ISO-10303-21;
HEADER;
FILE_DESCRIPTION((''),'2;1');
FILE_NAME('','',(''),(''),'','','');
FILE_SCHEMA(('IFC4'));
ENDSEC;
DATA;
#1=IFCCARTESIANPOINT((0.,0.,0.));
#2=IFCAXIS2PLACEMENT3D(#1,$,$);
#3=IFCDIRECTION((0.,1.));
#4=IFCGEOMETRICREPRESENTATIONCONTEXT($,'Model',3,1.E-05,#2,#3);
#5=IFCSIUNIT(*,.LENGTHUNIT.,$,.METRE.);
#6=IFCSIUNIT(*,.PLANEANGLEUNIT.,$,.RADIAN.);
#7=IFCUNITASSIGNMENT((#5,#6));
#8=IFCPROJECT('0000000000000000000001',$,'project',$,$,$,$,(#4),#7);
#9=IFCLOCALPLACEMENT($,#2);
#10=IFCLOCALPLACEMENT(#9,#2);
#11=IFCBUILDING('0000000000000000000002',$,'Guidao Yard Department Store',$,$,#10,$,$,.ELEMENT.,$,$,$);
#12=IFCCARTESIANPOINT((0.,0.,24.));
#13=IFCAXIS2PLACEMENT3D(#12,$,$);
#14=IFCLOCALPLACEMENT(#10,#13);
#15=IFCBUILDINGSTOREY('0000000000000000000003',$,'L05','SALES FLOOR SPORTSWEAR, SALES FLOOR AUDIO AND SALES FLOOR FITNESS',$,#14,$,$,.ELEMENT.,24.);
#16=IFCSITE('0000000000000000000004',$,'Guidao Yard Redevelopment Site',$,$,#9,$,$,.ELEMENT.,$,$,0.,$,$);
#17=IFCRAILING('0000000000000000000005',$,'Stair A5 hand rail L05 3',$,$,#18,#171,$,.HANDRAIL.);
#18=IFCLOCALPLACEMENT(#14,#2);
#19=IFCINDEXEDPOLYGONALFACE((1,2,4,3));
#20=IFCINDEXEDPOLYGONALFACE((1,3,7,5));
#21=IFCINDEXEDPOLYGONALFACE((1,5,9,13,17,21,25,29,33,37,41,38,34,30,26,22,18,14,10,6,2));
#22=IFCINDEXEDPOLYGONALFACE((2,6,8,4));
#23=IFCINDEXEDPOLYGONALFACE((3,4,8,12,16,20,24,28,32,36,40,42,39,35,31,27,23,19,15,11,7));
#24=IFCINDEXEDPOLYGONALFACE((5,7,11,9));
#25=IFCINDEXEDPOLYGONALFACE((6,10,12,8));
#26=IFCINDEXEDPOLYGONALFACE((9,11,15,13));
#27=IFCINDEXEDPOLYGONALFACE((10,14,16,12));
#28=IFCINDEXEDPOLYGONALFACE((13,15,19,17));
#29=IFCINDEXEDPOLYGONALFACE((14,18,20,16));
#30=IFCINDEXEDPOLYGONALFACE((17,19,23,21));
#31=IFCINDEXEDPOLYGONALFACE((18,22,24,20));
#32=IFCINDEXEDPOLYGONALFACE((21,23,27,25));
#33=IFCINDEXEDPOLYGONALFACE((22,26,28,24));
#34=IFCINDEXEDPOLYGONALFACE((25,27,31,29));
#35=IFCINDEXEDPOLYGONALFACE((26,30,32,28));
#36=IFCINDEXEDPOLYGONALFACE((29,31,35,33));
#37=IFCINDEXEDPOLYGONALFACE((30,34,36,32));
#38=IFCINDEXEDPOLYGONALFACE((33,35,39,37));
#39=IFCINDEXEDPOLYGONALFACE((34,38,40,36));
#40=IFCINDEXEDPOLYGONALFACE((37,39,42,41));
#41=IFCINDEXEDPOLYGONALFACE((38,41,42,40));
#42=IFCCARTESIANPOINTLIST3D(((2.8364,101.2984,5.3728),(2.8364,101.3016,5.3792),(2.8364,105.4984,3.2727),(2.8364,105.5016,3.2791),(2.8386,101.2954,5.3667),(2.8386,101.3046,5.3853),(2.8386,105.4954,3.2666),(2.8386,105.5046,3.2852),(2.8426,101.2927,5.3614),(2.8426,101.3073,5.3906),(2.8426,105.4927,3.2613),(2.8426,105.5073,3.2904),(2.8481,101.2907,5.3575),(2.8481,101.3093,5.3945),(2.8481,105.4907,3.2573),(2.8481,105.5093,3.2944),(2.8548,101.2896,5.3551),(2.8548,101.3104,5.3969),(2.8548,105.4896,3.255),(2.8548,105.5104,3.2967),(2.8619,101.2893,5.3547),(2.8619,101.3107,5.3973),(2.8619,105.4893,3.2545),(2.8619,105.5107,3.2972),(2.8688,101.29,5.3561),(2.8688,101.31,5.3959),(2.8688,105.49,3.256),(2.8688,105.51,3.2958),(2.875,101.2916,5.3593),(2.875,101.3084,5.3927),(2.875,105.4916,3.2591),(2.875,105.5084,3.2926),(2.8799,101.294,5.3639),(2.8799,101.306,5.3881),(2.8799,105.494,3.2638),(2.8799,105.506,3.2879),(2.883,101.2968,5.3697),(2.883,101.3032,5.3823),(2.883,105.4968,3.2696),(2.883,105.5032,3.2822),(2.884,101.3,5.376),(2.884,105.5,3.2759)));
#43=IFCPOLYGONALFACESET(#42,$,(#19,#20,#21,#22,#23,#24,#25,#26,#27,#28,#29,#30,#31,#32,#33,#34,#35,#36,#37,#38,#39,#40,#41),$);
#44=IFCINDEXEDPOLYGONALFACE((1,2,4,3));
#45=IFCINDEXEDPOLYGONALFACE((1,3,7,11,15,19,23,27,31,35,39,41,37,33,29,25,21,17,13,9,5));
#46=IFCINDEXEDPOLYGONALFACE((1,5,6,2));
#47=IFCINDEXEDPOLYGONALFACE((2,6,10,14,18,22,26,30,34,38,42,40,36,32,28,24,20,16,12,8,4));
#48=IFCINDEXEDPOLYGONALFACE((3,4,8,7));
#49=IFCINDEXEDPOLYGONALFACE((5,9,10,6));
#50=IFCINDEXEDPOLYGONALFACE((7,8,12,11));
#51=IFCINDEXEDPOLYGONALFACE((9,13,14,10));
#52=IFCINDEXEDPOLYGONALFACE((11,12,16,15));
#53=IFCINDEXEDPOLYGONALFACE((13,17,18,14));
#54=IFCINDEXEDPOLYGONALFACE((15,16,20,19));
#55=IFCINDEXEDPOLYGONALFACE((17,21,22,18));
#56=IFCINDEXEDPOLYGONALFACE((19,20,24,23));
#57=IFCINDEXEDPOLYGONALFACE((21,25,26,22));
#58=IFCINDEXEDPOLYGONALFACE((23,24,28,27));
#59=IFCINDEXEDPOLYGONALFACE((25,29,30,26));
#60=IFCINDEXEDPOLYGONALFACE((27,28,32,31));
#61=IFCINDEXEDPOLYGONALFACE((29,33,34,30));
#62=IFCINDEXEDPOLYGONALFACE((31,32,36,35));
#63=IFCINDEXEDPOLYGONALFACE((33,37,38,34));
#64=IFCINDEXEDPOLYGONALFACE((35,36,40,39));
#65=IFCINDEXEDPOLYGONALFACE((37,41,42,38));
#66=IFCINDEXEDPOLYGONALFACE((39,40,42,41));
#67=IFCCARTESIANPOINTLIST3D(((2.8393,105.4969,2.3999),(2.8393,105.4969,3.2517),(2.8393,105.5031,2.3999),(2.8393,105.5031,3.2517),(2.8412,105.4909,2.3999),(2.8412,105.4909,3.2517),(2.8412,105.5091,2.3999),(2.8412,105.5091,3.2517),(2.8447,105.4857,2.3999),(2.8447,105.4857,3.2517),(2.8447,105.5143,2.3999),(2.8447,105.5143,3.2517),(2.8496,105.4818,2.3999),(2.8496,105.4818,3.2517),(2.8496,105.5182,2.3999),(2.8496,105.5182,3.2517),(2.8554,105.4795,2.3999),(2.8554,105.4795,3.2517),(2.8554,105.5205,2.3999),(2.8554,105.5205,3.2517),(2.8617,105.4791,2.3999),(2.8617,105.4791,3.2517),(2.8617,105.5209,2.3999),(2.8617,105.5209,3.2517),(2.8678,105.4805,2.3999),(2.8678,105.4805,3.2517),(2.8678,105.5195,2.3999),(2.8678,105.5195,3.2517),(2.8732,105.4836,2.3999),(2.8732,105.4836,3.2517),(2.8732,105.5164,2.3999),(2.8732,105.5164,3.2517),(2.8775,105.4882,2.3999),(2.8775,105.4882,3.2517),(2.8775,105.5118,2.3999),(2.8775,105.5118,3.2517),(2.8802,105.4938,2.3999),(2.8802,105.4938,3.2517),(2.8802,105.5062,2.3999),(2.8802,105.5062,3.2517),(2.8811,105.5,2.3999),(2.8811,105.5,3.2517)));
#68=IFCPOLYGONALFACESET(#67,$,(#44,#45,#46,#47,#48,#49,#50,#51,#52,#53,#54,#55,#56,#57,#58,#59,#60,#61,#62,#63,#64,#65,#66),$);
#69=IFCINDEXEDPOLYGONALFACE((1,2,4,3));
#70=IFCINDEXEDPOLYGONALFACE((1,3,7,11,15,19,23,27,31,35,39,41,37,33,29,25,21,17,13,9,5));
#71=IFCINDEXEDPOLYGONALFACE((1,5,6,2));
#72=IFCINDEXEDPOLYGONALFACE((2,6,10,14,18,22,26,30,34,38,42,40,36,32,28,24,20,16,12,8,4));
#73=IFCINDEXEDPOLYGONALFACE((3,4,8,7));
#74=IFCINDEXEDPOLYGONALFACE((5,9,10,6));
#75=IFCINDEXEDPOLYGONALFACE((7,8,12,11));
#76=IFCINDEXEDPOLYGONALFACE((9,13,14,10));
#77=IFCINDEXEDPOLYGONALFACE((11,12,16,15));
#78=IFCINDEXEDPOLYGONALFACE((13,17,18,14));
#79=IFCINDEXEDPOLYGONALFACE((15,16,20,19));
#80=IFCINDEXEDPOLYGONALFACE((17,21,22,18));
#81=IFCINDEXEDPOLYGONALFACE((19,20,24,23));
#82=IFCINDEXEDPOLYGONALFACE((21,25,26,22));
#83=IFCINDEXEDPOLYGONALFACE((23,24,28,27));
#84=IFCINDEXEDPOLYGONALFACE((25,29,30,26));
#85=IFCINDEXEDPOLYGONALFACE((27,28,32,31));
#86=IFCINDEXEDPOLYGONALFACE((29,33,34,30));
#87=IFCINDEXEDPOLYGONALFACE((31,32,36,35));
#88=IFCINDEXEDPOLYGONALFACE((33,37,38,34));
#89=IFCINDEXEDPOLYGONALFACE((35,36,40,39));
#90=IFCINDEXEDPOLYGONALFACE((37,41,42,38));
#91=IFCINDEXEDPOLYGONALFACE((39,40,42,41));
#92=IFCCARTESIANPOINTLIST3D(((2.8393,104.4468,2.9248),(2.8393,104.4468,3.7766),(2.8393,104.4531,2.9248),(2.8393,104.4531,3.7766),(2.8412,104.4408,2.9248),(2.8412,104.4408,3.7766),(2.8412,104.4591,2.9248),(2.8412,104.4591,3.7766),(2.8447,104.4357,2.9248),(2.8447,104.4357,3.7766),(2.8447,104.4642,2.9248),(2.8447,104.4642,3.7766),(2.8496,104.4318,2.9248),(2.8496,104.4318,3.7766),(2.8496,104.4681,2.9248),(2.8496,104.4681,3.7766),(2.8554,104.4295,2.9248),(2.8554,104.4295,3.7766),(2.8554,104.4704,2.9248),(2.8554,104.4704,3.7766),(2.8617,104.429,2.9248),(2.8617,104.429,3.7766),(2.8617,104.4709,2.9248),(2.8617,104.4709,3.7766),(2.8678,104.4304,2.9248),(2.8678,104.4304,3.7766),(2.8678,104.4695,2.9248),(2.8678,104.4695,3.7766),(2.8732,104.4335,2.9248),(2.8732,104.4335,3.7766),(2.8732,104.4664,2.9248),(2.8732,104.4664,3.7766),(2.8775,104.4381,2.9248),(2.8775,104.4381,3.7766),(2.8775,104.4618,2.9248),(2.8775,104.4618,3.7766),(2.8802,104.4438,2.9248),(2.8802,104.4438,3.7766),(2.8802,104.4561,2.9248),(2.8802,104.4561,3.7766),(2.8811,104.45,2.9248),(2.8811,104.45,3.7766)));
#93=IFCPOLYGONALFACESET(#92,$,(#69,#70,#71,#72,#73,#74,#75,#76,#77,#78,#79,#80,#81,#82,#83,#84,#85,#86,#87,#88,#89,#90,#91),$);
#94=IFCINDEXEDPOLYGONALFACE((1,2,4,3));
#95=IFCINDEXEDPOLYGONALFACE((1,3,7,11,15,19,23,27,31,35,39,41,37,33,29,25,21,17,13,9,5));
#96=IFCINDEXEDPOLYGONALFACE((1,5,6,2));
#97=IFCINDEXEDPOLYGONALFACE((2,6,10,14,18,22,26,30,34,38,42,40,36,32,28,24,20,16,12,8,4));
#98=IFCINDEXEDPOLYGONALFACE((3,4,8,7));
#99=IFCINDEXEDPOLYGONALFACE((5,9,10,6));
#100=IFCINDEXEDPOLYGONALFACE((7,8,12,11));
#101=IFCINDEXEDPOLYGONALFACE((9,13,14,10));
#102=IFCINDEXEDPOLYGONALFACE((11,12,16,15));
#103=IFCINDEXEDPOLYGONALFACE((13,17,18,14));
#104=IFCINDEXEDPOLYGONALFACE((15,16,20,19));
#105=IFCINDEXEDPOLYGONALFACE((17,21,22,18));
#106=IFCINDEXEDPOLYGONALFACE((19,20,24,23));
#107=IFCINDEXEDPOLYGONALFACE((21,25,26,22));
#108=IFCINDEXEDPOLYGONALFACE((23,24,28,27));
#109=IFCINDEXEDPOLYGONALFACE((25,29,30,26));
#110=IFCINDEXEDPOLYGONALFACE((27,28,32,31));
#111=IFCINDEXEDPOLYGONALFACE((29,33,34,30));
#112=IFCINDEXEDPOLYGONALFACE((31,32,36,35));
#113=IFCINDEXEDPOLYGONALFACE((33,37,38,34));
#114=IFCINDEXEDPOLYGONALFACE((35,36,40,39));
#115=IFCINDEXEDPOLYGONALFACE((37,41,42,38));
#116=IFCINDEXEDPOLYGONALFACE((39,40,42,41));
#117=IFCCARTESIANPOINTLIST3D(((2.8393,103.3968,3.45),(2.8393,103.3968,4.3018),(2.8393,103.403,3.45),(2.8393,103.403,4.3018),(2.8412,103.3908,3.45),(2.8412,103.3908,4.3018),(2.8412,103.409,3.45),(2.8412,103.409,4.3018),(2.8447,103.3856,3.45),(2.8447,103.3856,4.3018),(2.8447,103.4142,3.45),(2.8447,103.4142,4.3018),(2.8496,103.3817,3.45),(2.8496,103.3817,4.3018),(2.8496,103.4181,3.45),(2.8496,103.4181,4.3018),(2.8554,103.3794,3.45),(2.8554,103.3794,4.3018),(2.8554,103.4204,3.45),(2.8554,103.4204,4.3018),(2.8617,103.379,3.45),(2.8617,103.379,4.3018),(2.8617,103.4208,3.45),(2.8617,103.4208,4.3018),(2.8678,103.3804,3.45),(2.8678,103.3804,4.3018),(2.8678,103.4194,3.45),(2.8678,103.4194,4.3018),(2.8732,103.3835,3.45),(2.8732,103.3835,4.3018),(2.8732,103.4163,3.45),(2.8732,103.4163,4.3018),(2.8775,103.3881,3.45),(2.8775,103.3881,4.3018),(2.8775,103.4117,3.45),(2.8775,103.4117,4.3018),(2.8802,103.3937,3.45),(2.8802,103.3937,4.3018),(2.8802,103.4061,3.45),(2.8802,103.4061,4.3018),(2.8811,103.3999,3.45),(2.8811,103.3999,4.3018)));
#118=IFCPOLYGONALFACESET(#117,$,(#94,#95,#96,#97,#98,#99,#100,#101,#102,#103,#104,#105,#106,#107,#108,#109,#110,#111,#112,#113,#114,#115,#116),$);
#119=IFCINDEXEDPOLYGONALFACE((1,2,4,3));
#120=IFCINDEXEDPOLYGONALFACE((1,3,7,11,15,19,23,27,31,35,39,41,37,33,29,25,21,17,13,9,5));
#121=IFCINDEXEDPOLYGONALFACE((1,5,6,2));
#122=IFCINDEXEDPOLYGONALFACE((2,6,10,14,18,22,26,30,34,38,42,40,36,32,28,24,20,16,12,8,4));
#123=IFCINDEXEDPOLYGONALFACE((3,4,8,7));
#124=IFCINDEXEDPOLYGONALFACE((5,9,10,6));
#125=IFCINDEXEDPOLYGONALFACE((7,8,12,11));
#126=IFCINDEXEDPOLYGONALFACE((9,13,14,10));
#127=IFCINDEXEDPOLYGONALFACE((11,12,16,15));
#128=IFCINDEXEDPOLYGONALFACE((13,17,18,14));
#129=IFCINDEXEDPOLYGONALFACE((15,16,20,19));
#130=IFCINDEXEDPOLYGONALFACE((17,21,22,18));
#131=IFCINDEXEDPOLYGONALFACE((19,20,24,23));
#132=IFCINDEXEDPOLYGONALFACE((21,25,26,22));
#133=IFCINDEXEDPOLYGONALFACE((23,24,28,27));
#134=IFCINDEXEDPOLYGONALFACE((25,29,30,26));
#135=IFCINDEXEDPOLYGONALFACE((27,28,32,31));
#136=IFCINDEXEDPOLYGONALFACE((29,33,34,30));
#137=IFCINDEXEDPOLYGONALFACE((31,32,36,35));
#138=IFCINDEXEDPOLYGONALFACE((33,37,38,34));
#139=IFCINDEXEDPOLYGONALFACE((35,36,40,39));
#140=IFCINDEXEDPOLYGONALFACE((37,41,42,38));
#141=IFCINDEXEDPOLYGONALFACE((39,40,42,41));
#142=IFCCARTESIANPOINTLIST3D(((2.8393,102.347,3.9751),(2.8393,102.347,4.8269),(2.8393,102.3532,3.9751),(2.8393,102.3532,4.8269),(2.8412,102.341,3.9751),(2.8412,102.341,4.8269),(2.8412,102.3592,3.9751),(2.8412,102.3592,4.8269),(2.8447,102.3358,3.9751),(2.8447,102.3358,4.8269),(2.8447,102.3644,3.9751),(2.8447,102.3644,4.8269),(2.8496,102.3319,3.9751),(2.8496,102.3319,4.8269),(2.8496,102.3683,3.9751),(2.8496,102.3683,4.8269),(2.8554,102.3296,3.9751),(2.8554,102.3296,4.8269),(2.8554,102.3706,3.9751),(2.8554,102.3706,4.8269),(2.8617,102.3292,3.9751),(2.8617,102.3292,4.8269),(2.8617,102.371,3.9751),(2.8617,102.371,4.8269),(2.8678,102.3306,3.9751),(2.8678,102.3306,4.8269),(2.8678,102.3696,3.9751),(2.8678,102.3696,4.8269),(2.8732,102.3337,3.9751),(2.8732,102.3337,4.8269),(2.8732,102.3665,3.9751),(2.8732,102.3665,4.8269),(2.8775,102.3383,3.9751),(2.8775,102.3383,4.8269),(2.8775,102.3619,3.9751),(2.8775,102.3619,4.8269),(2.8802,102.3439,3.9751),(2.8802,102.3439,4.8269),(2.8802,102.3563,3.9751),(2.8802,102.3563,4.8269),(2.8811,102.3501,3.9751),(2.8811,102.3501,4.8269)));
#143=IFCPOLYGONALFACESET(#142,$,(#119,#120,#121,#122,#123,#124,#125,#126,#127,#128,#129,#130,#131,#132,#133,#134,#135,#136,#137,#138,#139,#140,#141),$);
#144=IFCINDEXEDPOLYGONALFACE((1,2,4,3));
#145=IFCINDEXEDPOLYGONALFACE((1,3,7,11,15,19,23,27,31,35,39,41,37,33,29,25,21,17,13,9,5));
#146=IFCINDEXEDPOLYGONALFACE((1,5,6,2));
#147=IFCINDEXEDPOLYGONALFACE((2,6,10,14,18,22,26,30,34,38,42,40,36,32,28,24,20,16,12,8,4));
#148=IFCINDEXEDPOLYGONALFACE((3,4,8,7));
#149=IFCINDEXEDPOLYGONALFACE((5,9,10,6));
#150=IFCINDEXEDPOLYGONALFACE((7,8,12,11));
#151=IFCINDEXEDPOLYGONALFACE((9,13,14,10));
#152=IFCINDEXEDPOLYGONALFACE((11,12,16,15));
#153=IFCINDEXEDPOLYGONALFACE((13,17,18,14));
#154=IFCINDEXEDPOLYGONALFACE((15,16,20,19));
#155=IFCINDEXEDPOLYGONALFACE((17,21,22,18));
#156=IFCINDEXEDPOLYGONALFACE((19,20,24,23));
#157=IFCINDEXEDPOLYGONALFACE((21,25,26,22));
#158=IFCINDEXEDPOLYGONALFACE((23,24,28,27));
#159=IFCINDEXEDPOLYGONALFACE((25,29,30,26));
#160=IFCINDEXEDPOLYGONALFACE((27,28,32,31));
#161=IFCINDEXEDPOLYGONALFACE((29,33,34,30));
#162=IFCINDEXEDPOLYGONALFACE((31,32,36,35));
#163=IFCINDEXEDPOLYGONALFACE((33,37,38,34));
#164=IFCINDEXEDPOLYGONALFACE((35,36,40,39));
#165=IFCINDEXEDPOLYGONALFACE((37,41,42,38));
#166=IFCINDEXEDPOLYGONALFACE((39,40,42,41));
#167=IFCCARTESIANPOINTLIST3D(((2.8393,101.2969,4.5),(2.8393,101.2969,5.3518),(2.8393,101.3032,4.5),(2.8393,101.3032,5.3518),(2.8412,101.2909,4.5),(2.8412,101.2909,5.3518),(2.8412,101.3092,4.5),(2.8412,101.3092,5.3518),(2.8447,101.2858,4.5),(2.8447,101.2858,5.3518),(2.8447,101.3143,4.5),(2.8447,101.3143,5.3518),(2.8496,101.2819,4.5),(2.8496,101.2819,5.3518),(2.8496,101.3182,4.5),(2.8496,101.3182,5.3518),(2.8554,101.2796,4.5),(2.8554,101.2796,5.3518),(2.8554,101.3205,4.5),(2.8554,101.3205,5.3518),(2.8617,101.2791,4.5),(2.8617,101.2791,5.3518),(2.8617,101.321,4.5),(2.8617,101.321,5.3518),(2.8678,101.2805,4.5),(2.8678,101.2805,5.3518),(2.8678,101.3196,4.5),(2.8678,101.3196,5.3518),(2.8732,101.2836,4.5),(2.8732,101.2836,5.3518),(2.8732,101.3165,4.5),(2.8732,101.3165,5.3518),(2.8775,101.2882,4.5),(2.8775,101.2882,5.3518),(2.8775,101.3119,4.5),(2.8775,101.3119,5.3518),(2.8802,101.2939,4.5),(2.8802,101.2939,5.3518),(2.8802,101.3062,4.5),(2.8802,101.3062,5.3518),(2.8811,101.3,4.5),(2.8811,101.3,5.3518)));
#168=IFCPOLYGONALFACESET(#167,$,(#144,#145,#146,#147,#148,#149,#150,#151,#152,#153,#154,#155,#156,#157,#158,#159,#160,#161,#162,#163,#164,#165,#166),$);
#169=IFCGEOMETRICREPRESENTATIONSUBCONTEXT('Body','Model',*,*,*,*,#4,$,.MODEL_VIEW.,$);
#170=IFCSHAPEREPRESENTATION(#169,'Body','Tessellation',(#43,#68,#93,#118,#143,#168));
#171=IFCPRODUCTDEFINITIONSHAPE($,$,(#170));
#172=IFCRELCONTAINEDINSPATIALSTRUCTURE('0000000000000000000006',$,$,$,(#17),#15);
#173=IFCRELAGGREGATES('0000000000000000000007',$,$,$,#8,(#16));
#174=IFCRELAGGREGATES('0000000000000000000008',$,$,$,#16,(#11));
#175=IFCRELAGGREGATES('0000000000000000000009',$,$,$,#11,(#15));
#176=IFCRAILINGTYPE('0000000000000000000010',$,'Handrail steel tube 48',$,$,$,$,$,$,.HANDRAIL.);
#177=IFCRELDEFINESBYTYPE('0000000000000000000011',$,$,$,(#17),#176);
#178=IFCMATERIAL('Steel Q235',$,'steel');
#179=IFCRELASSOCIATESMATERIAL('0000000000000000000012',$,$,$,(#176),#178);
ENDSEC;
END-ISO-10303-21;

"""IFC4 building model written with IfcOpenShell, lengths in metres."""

from ifc_helpers import new_model, si_unit, direction, frame, origin, origin_2d, place, context, subcontext, project, spatial, circle, extrude, material, type_object, element, save


model = new_model("IFC4")

# Units and contexts
model_context = context("Model", 3, precision=1e-05, world=origin(), true_north=direction((0.0, 1.0)))
body_context = subcontext(model_context, "Body", "Model", "MODEL_VIEW")
ifc_project = project(units=[si_unit("LENGTHUNIT", "METRE"), si_unit("PLANEANGLEUNIT", "RADIAN")], contexts=[model_context])

# Site, building, storey
site_placement = place(None, origin())
site = spatial("IfcSite", under=ifc_project, at=site_placement, Name="Guidao Yard Redevelopment Site", CompositionType="ELEMENT", RefElevation=0.0)
building_placement = place(site_placement, origin())
building = spatial("IfcBuilding", under=site, at=building_placement, Name="Guidao Yard Department Store", CompositionType="ELEMENT")
storey_placement = place(building_placement, frame((0.0, 0.0, 24.0)))
storey = spatial("IfcBuildingStorey", under=building, at=storey_placement, Name="L05", Description="SALES FLOOR SPORTSWEAR, SALES FLOOR AUDIO AND SALES FLOOR FITNESS", CompositionType="ELEMENT", Elevation=24.0)

# Railing
ifc_material_1 = material(Name="Steel Q235", Category="steel")
railing_type_1 = type_object("IfcRailingType", Name="Handrail steel tube 48", PredefinedType="HANDRAIL", material=ifc_material_1)
for number, where, name in (
    (1, (2.8601, 105.5, 2.3999), "Stair A5 hand rail L05 3"),
):
    element("IfcRailing", number, at=place(storey_placement, frame(where)), inside=storey, type_object=railing_type_1, Name=name, PredefinedType="HANDRAIL", context=body_context, shape_type="SweptSolid", body=[
        extrude(circle(Radius=0.0239, at=origin_2d()), frame((0.0, 0.0, 0.876), z_axis=(0.0, -0.894417, 0.447234), x_axis=(1.0, 0.0, 0.0)), (0.0, 0.0, 1.0), 4.6958),
        extrude(circle(Radius=0.021, at=origin_2d()), origin(), (0.0, 0.0, 1.0), 0.8518),
        extrude(circle(Radius=0.021, at=origin_2d()), frame((0.0, -1.05, 0.5249)), (0.0, 0.0, 1.0), 0.8518),
        extrude(circle(Radius=0.021, at=origin_2d()), frame((0.0, -2.1001, 1.05)), (0.0, 0.0, 1.0), 0.8518),
        extrude(circle(Radius=0.021, at=origin_2d()), frame((0.0, -3.1499, 1.5752)), (0.0, 0.0, 1.0), 0.8518),
        extrude(circle(Radius=0.021, at=origin_2d()), frame((0.0, -4.2, 2.1001)), (0.0, 0.0, 1.0), 0.8518),
    ])

save(model, "model.ifc")
